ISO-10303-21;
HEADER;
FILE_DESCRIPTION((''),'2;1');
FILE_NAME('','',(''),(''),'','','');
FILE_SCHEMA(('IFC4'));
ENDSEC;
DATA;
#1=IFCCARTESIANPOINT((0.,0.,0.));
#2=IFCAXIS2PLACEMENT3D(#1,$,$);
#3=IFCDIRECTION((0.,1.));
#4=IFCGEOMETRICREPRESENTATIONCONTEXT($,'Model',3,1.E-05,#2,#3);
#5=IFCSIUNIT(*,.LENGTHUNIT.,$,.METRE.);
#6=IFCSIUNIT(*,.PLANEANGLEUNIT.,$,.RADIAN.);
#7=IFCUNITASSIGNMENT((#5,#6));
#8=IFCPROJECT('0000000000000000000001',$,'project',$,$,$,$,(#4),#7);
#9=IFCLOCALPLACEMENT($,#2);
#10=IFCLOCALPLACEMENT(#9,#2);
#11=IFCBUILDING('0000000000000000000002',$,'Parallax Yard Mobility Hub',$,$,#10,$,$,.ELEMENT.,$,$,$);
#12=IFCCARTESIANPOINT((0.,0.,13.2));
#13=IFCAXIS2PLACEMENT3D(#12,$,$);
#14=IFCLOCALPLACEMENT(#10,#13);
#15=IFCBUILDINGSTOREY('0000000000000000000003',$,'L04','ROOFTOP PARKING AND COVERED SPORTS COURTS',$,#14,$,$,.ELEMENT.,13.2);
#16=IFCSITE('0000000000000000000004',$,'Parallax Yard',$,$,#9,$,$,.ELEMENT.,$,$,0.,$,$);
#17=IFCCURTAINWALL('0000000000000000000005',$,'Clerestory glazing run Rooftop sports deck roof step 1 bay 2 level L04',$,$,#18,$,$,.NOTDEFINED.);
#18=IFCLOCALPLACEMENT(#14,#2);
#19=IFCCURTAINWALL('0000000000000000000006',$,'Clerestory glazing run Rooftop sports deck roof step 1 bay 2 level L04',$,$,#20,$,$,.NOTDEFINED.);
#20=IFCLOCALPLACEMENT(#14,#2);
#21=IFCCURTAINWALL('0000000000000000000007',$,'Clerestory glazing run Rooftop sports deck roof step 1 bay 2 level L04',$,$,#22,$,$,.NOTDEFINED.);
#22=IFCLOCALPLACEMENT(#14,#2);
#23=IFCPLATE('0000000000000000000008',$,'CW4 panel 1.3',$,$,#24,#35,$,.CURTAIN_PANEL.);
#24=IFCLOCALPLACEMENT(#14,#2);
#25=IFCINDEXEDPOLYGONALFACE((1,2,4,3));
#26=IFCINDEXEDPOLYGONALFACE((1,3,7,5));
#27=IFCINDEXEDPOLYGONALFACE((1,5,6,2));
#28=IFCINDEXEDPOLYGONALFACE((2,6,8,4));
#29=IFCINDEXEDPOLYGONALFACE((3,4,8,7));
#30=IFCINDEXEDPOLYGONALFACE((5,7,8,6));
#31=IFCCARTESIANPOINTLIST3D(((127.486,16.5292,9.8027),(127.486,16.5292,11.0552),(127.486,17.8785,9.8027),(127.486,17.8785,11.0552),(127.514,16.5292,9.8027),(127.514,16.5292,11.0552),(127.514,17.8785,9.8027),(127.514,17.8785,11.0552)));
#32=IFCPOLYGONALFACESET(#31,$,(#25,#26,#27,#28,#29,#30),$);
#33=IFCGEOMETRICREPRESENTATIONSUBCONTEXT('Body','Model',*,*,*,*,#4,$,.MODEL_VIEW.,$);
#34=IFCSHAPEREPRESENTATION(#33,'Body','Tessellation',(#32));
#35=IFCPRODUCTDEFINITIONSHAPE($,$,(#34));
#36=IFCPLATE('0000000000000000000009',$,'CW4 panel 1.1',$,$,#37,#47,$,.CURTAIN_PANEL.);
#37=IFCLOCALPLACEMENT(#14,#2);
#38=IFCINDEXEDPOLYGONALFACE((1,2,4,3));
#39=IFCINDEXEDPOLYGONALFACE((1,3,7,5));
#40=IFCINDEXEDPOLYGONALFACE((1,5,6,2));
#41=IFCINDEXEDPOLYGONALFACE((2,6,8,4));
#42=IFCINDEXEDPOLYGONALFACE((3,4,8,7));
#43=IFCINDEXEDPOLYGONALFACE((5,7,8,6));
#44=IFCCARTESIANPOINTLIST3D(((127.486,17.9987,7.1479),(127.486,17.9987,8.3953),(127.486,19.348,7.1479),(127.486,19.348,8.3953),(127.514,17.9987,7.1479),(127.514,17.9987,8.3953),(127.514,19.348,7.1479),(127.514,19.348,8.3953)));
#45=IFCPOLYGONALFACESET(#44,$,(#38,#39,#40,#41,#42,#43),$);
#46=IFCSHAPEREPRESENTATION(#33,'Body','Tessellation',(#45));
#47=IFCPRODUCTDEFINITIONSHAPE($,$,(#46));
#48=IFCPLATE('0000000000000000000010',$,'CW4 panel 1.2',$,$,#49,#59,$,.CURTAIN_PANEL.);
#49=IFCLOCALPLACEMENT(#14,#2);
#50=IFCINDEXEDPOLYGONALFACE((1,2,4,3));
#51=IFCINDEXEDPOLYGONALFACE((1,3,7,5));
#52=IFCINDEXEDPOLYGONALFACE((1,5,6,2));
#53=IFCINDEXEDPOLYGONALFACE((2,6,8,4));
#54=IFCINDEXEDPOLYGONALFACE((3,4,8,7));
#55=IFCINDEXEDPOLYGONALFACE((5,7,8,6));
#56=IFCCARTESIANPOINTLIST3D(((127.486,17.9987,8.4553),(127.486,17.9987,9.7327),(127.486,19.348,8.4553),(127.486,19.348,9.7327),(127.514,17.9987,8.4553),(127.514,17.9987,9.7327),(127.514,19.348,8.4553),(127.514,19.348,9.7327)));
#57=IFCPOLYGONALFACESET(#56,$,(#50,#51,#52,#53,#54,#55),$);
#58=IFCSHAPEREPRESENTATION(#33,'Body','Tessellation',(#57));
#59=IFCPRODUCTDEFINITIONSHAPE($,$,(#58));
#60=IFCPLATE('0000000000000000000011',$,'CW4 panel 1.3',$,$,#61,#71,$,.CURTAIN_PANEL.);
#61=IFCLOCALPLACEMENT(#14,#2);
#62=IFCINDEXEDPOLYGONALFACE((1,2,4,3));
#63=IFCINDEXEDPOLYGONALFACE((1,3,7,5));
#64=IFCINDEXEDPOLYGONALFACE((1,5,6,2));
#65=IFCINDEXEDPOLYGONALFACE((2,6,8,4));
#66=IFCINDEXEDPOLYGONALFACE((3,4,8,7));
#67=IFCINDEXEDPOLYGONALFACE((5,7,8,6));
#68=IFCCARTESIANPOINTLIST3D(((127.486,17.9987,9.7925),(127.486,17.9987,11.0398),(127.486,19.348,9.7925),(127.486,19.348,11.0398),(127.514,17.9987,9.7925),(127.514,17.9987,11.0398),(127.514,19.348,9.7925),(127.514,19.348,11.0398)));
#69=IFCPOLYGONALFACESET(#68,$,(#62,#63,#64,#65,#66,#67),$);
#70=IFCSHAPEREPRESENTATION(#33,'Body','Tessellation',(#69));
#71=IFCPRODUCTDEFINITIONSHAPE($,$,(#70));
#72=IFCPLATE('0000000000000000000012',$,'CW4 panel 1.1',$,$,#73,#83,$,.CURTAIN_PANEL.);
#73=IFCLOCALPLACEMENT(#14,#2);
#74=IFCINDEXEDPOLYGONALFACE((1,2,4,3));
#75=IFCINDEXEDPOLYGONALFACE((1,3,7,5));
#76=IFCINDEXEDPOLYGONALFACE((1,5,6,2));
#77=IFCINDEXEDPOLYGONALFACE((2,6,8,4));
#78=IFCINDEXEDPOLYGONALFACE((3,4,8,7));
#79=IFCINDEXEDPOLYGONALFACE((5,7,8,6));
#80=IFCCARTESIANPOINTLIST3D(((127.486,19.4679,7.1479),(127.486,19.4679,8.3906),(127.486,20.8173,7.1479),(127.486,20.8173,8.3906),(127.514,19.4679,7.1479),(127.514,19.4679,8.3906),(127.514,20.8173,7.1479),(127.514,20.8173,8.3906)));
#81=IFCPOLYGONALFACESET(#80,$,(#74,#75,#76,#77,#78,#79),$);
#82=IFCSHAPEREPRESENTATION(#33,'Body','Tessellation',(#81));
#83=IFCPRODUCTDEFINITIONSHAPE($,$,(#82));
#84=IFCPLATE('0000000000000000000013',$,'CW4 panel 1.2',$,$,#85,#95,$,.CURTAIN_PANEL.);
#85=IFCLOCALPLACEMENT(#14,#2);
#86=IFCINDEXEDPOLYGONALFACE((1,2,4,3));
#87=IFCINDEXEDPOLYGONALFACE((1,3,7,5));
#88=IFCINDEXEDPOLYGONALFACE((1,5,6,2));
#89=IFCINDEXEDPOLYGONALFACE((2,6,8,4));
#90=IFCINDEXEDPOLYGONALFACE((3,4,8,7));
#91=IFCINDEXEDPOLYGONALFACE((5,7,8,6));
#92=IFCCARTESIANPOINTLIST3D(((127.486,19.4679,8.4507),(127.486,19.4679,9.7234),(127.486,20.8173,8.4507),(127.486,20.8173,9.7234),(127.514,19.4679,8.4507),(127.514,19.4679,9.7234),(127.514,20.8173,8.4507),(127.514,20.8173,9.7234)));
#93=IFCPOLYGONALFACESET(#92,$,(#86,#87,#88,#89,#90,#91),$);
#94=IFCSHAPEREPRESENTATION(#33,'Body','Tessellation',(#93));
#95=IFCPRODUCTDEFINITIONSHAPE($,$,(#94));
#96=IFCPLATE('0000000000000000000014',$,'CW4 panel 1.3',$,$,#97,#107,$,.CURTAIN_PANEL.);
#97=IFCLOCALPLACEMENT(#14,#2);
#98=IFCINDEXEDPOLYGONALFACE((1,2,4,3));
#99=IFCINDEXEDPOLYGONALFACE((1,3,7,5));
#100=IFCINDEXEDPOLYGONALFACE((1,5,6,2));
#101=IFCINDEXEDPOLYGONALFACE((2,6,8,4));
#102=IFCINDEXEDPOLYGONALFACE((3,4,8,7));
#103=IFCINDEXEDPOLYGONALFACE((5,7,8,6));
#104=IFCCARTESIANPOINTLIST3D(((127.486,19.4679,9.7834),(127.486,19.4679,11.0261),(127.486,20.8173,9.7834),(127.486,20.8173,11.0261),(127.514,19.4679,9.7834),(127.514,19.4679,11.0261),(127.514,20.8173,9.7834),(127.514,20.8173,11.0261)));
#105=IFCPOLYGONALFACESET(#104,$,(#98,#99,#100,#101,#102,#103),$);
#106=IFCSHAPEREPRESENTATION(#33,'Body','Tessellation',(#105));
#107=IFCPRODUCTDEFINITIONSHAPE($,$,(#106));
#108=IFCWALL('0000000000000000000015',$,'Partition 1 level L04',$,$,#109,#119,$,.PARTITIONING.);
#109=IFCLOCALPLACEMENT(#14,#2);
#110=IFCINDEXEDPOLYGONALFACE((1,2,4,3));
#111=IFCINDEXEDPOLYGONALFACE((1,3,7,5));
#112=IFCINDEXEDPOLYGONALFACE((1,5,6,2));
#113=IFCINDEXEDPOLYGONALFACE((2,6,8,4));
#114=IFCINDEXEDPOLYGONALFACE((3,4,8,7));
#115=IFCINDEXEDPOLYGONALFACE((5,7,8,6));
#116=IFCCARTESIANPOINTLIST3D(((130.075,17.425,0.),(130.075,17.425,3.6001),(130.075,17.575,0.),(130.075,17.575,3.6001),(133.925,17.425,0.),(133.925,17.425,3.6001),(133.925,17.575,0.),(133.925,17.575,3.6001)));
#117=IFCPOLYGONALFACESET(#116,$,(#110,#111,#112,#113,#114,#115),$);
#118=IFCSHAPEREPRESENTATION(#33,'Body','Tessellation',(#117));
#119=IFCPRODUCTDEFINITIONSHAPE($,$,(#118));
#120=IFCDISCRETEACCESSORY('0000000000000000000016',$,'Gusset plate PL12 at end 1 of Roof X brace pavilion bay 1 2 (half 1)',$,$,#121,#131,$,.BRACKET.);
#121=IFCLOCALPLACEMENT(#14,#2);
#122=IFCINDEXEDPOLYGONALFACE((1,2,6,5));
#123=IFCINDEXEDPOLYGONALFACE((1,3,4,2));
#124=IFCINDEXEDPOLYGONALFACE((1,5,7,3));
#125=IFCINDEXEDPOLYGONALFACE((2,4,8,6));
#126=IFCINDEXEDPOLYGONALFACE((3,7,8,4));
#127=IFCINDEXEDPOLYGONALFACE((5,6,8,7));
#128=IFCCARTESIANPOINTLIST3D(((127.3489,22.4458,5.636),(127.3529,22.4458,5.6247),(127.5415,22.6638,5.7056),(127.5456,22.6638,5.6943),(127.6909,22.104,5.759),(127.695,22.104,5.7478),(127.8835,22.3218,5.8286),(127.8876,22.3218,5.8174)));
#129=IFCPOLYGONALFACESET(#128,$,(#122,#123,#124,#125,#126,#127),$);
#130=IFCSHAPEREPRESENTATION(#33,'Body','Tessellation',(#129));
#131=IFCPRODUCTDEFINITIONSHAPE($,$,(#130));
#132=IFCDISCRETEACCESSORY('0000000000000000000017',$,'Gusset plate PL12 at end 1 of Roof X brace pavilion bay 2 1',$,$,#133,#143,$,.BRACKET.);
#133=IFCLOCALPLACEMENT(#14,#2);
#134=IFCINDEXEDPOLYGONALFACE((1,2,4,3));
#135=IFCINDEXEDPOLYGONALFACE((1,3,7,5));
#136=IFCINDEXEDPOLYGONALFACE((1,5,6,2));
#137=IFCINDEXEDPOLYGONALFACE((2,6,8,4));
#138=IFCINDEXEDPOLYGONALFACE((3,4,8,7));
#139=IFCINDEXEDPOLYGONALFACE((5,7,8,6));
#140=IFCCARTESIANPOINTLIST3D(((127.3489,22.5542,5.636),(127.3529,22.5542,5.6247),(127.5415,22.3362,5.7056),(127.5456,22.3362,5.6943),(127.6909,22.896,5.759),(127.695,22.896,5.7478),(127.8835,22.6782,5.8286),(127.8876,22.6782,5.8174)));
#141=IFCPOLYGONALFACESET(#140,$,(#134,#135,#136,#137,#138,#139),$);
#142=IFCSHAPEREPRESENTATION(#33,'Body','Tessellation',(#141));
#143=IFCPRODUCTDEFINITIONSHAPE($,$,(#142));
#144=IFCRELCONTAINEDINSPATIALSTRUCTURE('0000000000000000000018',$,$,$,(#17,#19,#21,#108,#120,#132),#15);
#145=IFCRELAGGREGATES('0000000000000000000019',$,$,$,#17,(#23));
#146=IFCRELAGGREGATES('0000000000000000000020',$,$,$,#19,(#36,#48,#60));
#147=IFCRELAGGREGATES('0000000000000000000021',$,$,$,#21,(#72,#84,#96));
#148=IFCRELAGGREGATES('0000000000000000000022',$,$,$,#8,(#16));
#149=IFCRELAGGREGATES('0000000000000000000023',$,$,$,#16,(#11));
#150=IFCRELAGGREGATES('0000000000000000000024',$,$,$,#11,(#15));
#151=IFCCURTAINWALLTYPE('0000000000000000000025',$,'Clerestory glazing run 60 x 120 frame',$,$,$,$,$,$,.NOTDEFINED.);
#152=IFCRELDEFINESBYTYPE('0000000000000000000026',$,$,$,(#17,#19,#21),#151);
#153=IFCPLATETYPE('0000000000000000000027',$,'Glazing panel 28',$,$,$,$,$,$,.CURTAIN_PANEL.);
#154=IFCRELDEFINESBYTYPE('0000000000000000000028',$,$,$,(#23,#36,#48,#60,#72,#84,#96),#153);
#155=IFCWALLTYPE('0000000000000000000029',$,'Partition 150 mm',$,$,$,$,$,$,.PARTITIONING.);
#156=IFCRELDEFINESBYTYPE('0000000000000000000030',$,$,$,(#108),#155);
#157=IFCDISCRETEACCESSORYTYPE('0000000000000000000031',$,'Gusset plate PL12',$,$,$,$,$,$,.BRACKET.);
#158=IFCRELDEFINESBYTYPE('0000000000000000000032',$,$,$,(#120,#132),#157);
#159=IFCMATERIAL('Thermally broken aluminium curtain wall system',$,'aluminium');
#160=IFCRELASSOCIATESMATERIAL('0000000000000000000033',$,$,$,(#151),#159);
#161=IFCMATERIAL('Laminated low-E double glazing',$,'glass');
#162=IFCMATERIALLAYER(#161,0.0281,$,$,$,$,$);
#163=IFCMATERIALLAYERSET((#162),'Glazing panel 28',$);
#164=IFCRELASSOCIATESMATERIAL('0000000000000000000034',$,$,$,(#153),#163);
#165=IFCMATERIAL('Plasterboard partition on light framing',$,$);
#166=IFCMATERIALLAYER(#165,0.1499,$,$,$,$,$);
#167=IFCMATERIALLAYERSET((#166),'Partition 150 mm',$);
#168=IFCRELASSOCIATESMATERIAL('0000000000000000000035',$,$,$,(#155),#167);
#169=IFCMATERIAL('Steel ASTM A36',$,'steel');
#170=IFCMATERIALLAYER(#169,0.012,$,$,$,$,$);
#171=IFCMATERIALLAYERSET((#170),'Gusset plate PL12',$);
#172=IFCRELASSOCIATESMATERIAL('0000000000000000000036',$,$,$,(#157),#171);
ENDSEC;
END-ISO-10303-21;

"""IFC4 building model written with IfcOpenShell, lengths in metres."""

from ifc_helpers import new_model, si_unit, direction, frame, frame_2d, origin, origin_2d, place, context, subcontext, project, spatial, polyline, rectangle, outline, extrude, material, layer, layer_set, type_object, element, aggregate, save


model = new_model("IFC4")

# Units and contexts
model_context = context("Model", 3, precision=1e-05, world=origin(), true_north=direction((0.0, 1.0)))
body_context = subcontext(model_context, "Body", "Model", "MODEL_VIEW")
ifc_project = project(units=[si_unit("LENGTHUNIT", "METRE"), si_unit("PLANEANGLEUNIT", "RADIAN")], contexts=[model_context])

# Site, building, storey
site_placement = place(None, origin())
site = spatial("IfcSite", under=ifc_project, at=site_placement, Name="Parallax Yard", CompositionType="ELEMENT", RefElevation=0.0)
building_placement = place(site_placement, origin())
building = spatial("IfcBuilding", under=site, at=building_placement, Name="Parallax Yard Mobility Hub", CompositionType="ELEMENT")
storey_placement = place(building_placement, frame((0.0, 0.0, 13.2)))
storey = spatial("IfcBuildingStorey", under=building, at=storey_placement, Name="L04", Description="ROOFTOP PARKING AND COVERED SPORTS COURTS", CompositionType="ELEMENT", Elevation=13.2)

# Curtain walls
ifc_material_1 = material(Name="Thermally broken aluminium curtain wall system", Category="aluminium")
curtain_wall_type = type_object("IfcCurtainWallType", Name="Clerestory glazing run 60 x 120 frame", PredefinedType="NOTDEFINED", material=ifc_material_1)
curtain_wall_1_placement = place(storey_placement, origin())
curtain_wall_1 = element("IfcCurtainWall", 1, at=curtain_wall_1_placement, inside=storey, type_object=curtain_wall_type, Name="Clerestory glazing run Rooftop sports deck roof step 1 bay 2 level L04", PredefinedType="NOTDEFINED")
curtain_wall_2_placement = place(storey_placement, origin())
curtain_wall_2 = element("IfcCurtainWall", 2, at=curtain_wall_2_placement, inside=storey, type_object=curtain_wall_type, Name="Clerestory glazing run Rooftop sports deck roof step 1 bay 2 level L04", PredefinedType="NOTDEFINED")
curtain_wall_3_placement = place(storey_placement, origin())
curtain_wall_3 = element("IfcCurtainWall", 3, at=curtain_wall_3_placement, inside=storey, type_object=curtain_wall_type, Name="Clerestory glazing run Rooftop sports deck roof step 1 bay 2 level L04", PredefinedType="NOTDEFINED")

# Plates
ifc_material_2 = material(Name="Laminated low-E double glazing", Category="glass")
ifc_layer_1 = layer(ifc_material_2, 0.0281)
ifc_layer_set_1 = layer_set([ifc_layer_1], Name="Glazing panel 28")
plate_type = type_object("IfcPlateType", Name="Glazing panel 28", PredefinedType="CURTAIN_PANEL", material=ifc_layer_set_1)
plate_1_placement = place(storey_placement, frame((127.5, 17.2039, 9.8027), z_axis=(0.0, 0.0, 1.0), x_axis=(0.0, 1.0, 0.0)))
plate_1 = element("IfcPlate", 4, at=plate_1_placement, type_object=plate_type, Name="CW4 panel 1.3", PredefinedType="CURTAIN_PANEL", context=body_context, shape_type="SweptSolid", body=[
    extrude(rectangle(XDim=1.3494, YDim=0.0281, at=origin_2d()), origin(), (0.0, 0.0, 1.0), 1.2524),
])
aggregate(curtain_wall_1, [plate_1])
plate_2_placement = place(storey_placement, frame((127.5, 18.6733, 7.1479), z_axis=(0.0, 0.0, 1.0), x_axis=(0.0, 1.0, 0.0)))
plate_2 = element("IfcPlate", 5, at=plate_2_placement, type_object=plate_type, Name="CW4 panel 1.1", PredefinedType="CURTAIN_PANEL", context=body_context, shape_type="SweptSolid", body=[
    extrude(rectangle(XDim=1.3494, YDim=0.0281, at=origin_2d()), origin(), (0.0, 0.0, 1.0), 1.2473),
])
plate_3_placement = place(storey_placement, frame((127.5, 18.6733, 8.4553), z_axis=(0.0, 0.0, 1.0), x_axis=(0.0, 1.0, 0.0)))
plate_3 = element("IfcPlate", 6, at=plate_3_placement, type_object=plate_type, Name="CW4 panel 1.2", PredefinedType="CURTAIN_PANEL", context=body_context, shape_type="SweptSolid", body=[
    extrude(rectangle(XDim=1.3494, YDim=0.0281, at=origin_2d()), origin(), (0.0, 0.0, 1.0), 1.2773),
])
plate_4_placement = place(storey_placement, frame((127.5, 18.6733, 9.7925), z_axis=(0.0, 0.0, 1.0), x_axis=(0.0, 1.0, 0.0)))
plate_4 = element("IfcPlate", 7, at=plate_4_placement, type_object=plate_type, Name="CW4 panel 1.3", PredefinedType="CURTAIN_PANEL", context=body_context, shape_type="SweptSolid", body=[
    extrude(rectangle(XDim=1.3494, YDim=0.0281, at=origin_2d()), origin(), (0.0, 0.0, 1.0), 1.2473),
])
aggregate(curtain_wall_2, [plate_2, plate_3, plate_4])
plate_5_placement = place(storey_placement, frame((127.5, 20.1426, 7.1479), z_axis=(0.0, 0.0, 1.0), x_axis=(0.0, 1.0, 0.0)))
plate_5 = element("IfcPlate", 8, at=plate_5_placement, type_object=plate_type, Name="CW4 panel 1.1", PredefinedType="CURTAIN_PANEL", context=body_context, shape_type="SweptSolid", body=[
    extrude(rectangle(XDim=1.3494, YDim=0.0281, at=origin_2d()), origin(), (0.0, 0.0, 1.0), 1.2427),
])
plate_6_placement = place(storey_placement, frame((127.5, 20.1426, 8.4507), z_axis=(0.0, 0.0, 1.0), x_axis=(0.0, 1.0, 0.0)))
plate_6 = element("IfcPlate", 9, at=plate_6_placement, type_object=plate_type, Name="CW4 panel 1.2", PredefinedType="CURTAIN_PANEL", context=body_context, shape_type="SweptSolid", body=[
    extrude(rectangle(XDim=1.3494, YDim=0.0281, at=origin_2d()), origin(), (0.0, 0.0, 1.0), 1.2727),
])
plate_7_placement = place(storey_placement, frame((127.5, 20.1426, 9.7834), z_axis=(0.0, 0.0, 1.0), x_axis=(0.0, 1.0, 0.0)))
plate_7 = element("IfcPlate", 10, at=plate_7_placement, type_object=plate_type, Name="CW4 panel 1.3", PredefinedType="CURTAIN_PANEL", context=body_context, shape_type="SweptSolid", body=[
    extrude(rectangle(XDim=1.3494, YDim=0.0281, at=origin_2d()), origin(), (0.0, 0.0, 1.0), 1.2427),
])
aggregate(curtain_wall_3, [plate_5, plate_6, plate_7])

# Wall
ifc_material_3 = material(Name="Plasterboard partition on light framing")
ifc_layer_2 = layer(ifc_material_3, 0.1499)
ifc_layer_set_2 = layer_set([ifc_layer_2], Name="Partition 150 mm")
wall_type = type_object("IfcWallType", Name="Partition 150 mm", PredefinedType="PARTITIONING", material=ifc_layer_set_2)
wall_placement = place(storey_placement, frame((130.075, 17.5, 0.0), z_axis=(0.0, 0.0, 1.0), x_axis=(1.0, 0.0, 0.0)))
element("IfcWall", 11, at=wall_placement, inside=storey, type_object=wall_type, Name="Partition 1 level L04", PredefinedType="PARTITIONING", context=body_context, shape_type="SweptSolid", body=[
    extrude(rectangle(XDim=3.8501, YDim=0.1499, at=frame_2d((1.925, 0.0))), origin(), (0.0, 0.0, 1.0), 3.6001),
])

# Discrete accessories
ifc_material_4 = material(Name="Steel ASTM A36", Category="steel")
ifc_layer_3 = layer(ifc_material_4, 0.012)
ifc_layer_set_3 = layer_set([ifc_layer_3], Name="Gusset plate PL12")
discrete_accessory_type = type_object("IfcDiscreteAccessoryType", Name="Gusset plate PL12", PredefinedType="BRACKET", material=ifc_layer_set_3)
discrete_accessory_1_placement = place(storey_placement, frame((127.8835, 22.3218, 5.8286), z_axis=(-0.339081, -0.000651, 0.940757), x_axis=(-0.685283, 0.685283, -0.246526)))
element("IfcDiscreteAccessory", 12, at=discrete_accessory_1_placement, inside=storey, type_object=discrete_accessory_type, Name="Gusset plate PL12 at end 1 of Roof X brace pavilion bay 1 2 (half 1)", PredefinedType="BRACKET", context=body_context, shape_type="SweptSolid", body=[
    extrude(outline(polyline([(0.0, 0.0), (0.4991, 0.0), (0.4989, 0.2991), (-0.0001, 0.299), (0.0, 0.0)])), origin(), (0.0, 0.0, -1.0), 0.012),
])
discrete_accessory_2_placement = place(storey_placement, frame((127.6909, 22.896, 5.759), z_axis=(-0.339081, 0.000651, 0.940757), x_axis=(-0.685512, -0.685023, -0.246609)))
element("IfcDiscreteAccessory", 13, at=discrete_accessory_2_placement, inside=storey, type_object=discrete_accessory_type, Name="Gusset plate PL12 at end 1 of Roof X brace pavilion bay 2 1", PredefinedType="BRACKET", context=body_context, shape_type="SweptSolid", body=[
    extrude(outline(polyline([(0.0, 0.0), (0.499, 0.0), (0.4991, 0.2991), (0.0, 0.299), (0.0, 0.0)])), origin(), (0.0, 0.0, -1.0), 0.012),
])

save(model, "model.ifc")
